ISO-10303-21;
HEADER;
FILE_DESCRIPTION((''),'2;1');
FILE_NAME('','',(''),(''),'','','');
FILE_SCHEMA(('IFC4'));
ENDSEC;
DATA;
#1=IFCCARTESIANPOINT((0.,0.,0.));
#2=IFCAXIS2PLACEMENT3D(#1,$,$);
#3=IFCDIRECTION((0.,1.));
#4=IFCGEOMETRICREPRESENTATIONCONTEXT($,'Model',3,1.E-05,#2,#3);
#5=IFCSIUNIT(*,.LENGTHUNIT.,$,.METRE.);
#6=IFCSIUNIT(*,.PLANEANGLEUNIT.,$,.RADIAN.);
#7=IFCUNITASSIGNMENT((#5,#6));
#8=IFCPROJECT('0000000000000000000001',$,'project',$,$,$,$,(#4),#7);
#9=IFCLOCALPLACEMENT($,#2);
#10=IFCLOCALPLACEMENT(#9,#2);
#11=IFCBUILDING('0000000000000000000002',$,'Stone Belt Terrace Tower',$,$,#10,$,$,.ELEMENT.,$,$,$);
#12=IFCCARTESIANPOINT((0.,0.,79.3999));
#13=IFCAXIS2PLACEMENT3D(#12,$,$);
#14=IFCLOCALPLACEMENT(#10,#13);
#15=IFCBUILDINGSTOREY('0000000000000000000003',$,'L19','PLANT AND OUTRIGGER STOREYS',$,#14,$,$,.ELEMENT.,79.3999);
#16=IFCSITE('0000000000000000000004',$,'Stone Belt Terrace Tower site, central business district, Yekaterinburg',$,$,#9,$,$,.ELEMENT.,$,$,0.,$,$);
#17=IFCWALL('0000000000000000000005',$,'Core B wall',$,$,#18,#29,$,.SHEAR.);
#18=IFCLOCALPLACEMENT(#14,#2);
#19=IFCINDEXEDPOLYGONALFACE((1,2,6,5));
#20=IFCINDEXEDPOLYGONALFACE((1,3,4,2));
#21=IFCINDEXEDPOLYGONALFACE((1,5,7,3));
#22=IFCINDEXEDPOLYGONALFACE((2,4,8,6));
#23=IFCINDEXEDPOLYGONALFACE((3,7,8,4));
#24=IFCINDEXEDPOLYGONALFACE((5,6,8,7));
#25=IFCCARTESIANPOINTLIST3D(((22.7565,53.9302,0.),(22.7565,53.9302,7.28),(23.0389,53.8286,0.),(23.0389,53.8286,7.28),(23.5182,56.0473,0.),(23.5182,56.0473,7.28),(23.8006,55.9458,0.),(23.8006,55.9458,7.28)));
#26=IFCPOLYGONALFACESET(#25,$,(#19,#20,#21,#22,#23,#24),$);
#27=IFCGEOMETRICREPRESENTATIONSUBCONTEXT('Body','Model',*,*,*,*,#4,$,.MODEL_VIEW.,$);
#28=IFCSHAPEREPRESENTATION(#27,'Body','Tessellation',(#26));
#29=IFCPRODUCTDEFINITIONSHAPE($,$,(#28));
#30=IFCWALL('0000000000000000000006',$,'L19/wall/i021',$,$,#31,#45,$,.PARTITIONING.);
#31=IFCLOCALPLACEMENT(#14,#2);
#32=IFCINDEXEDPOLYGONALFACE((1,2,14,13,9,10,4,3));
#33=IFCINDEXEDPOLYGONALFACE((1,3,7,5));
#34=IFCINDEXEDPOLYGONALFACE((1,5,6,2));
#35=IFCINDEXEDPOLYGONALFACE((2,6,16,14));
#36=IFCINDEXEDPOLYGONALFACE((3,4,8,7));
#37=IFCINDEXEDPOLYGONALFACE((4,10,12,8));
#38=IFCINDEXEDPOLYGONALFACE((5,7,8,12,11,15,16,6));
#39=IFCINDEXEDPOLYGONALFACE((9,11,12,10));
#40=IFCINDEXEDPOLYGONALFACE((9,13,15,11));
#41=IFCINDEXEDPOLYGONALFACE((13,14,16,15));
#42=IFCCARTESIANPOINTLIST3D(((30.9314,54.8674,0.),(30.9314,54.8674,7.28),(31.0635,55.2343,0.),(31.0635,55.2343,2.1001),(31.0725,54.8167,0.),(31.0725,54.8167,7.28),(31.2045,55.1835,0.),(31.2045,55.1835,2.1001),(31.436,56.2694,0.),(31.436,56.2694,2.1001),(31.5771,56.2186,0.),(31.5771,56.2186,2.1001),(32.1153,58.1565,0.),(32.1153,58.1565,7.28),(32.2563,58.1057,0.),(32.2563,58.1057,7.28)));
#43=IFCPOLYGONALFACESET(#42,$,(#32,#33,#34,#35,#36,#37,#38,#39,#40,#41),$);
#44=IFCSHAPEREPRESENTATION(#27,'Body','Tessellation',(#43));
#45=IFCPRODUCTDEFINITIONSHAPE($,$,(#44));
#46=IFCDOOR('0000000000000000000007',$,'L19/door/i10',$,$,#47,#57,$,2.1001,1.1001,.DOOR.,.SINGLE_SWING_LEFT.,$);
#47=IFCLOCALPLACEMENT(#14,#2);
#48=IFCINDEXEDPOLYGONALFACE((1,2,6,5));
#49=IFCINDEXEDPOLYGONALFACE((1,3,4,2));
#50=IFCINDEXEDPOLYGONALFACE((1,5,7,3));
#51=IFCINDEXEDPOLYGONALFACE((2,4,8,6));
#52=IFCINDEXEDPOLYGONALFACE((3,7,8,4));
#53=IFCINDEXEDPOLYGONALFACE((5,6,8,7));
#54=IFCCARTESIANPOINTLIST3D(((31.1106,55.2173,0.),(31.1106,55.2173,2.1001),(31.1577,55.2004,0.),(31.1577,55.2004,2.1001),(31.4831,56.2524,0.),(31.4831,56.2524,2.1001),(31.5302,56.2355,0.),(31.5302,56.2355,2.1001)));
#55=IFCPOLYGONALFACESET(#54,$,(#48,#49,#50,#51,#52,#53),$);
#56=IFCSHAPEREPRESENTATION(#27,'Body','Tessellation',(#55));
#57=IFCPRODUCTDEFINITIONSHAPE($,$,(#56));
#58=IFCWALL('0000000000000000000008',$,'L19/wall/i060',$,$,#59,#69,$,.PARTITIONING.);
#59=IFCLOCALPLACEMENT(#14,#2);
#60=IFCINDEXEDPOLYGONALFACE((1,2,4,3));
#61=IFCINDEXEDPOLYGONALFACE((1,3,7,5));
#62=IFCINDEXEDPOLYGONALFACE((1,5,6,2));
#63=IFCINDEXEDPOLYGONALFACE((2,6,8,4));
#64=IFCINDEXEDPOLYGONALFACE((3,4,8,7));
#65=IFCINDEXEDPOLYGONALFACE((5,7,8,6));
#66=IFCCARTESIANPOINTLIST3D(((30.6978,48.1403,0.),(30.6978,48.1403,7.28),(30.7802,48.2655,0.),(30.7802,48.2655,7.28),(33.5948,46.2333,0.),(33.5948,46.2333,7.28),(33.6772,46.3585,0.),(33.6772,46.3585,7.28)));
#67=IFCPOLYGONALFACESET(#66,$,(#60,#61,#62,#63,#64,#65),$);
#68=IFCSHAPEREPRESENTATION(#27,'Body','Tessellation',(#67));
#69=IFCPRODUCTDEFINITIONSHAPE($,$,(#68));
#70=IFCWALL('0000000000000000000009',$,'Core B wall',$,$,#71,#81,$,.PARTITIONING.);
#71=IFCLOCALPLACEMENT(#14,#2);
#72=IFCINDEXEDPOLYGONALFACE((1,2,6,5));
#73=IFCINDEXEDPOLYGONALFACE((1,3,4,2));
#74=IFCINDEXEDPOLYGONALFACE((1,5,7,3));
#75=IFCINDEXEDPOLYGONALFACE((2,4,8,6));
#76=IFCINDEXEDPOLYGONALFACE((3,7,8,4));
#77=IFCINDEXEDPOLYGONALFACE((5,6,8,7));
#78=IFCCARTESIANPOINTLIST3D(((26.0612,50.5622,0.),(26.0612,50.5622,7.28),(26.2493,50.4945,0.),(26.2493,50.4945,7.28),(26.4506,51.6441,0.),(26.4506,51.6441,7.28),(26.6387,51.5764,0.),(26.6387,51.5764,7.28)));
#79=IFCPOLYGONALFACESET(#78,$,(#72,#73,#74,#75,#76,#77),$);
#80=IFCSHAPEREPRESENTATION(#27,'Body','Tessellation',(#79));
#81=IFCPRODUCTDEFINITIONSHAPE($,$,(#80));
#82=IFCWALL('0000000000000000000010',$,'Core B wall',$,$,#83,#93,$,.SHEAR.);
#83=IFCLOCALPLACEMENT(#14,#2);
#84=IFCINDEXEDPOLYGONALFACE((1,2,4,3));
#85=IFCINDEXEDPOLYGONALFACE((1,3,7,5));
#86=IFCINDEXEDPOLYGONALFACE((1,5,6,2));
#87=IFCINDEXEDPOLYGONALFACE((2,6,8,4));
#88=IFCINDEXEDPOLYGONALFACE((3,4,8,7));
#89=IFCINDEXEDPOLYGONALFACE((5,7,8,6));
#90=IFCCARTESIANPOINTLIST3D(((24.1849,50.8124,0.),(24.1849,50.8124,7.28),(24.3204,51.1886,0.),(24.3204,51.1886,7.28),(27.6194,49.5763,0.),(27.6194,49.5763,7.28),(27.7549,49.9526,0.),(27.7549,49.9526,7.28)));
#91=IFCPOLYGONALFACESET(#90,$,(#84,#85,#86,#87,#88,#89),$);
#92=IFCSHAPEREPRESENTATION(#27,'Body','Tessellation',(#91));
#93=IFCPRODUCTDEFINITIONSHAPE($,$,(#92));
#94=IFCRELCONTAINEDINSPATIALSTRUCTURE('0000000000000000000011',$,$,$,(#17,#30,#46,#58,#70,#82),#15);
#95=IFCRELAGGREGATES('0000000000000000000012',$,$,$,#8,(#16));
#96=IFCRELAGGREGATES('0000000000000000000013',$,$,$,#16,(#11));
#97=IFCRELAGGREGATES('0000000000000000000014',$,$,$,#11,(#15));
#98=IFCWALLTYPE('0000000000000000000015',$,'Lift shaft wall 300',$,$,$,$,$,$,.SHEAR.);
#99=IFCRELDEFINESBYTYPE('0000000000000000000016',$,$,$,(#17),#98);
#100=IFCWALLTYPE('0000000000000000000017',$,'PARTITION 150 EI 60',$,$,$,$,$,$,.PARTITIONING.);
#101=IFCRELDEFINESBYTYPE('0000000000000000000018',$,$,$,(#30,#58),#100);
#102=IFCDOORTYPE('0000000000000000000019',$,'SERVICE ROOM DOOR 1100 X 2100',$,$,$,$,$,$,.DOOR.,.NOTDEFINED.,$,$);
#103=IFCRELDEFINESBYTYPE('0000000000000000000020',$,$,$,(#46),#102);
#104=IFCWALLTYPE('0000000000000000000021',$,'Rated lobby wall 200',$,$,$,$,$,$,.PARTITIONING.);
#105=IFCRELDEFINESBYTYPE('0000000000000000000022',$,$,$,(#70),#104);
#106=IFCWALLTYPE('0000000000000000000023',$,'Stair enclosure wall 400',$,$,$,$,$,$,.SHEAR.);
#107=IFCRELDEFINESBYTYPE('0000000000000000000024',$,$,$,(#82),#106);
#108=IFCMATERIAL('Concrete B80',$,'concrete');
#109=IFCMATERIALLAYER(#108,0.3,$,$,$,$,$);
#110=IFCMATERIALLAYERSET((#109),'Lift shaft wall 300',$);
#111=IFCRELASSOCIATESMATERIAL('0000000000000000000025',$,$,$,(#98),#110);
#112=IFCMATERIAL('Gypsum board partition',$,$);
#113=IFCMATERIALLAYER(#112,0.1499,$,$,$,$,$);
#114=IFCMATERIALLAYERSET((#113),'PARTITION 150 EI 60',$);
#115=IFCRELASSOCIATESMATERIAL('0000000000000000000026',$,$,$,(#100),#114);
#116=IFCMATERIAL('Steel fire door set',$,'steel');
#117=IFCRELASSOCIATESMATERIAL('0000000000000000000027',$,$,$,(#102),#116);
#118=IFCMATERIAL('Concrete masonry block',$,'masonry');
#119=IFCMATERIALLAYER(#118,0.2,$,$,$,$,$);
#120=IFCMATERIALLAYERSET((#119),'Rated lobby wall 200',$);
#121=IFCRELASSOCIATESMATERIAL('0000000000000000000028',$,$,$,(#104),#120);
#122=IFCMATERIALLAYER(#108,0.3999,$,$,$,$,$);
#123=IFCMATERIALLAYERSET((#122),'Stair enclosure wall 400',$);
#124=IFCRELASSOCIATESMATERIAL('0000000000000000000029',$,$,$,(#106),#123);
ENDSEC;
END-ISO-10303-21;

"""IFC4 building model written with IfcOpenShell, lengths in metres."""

from ifc_helpers import new_model, si_unit, direction, frame, frame_2d, origin, place, context, subcontext, project, spatial, rectangle, extrude, material, layer, layer_set, type_object, element, fill, save


model = new_model("IFC4")

# Units and contexts
model_context = context("Model", 3, precision=1e-05, world=origin(), true_north=direction((0.0, 1.0)))
body_context = subcontext(model_context, "Body", "Model", "MODEL_VIEW")
ifc_project = project(units=[si_unit("LENGTHUNIT", "METRE"), si_unit("PLANEANGLEUNIT", "RADIAN")], contexts=[model_context])

# Site, building, storey
site_placement = place(None, origin())
site = spatial("IfcSite", under=ifc_project, at=site_placement, Name="Stone Belt Terrace Tower site, central business district, Yekaterinburg", CompositionType="ELEMENT", RefElevation=0.0)
building_placement = place(site_placement, origin())
building = spatial("IfcBuilding", under=site, at=building_placement, Name="Stone Belt Terrace Tower", CompositionType="ELEMENT")
storey_placement = place(building_placement, frame((0.0, 0.0, 79.3999)))
storey = spatial("IfcBuildingStorey", under=building, at=storey_placement, Name="L19", Description="PLANT AND OUTRIGGER STOREYS", CompositionType="ELEMENT", Elevation=79.3999)

# Shared definitions
ifc_material_1 = material(Name="Concrete B80", Category="concrete")

# Shared definitions
ifc_layer_1 = layer(ifc_material_1, 0.3)
ifc_layer_set_1 = layer_set([ifc_layer_1], Name="Lift shaft wall 300")
wall_type_1 = type_object("IfcWallType", Name="Lift shaft wall 300", PredefinedType="SHEAR", material=ifc_layer_set_1)

# Wall
wall_1_placement = place(storey_placement, frame((22.8977, 53.8794, 0.0), z_axis=(0.0, 0.0, 1.0), x_axis=(0.338535, 0.940954, 0.0)))
element("IfcWall", 1, at=wall_1_placement, inside=storey, type_object=wall_type_1, Name="Core B wall", PredefinedType="SHEAR", context=body_context, shape_type="SweptSolid", body=[
    extrude(rectangle(XDim=2.25, YDim=0.3, at=frame_2d((1.125, 0.0))), origin(), (0.0, 0.0, 1.0), 7.28),
])

# Wall, opening, door
ifc_material_2 = material(Name="Gypsum board partition")
ifc_layer_2 = layer(ifc_material_2, 0.1499)
ifc_layer_set_2 = layer_set([ifc_layer_2], Name="PARTITION 150 EI 60")
wall_type_2 = type_object("IfcWallType", Name="PARTITION 150 EI 60", PredefinedType="PARTITIONING", material=ifc_layer_set_2)
wall_2_placement = place(storey_placement, frame((31.002, 54.842, 0.0), z_axis=(0.0, 0.0, 1.0), x_axis=(0.338663, 0.940908, 0.0)))
wall_2 = element("IfcWall", 2, at=wall_2_placement, inside=storey, type_object=wall_type_2, Name="L19/wall/i021", PredefinedType="PARTITIONING", context=body_context, shape_type="SweptSolid", body=[
    extrude(rectangle(XDim=3.4956, YDim=0.1499, at=frame_2d((1.7478, 0.0))), origin(), (0.0, 0.0, 1.0), 7.28),
])
opening_1_placement = place(wall_2_placement, frame((0.3899, 0.0, 0.0)))
opening_1 = element("IfcOpeningElement", 3, at=opening_1_placement, cuts=wall_2, PredefinedType="OPENING", context=body_context, shape_type="SweptSolid", body=[
    extrude(rectangle(XDim=1.1001, YDim=2.1001, at=frame_2d((0.55, 1.05))), frame((0.0, 0.085, 0.0), z_axis=(0.0, -1.0, 0.0), x_axis=(1.0, 0.0, 0.0)), (0.0, 0.0, 1.0), 0.1699),
])
ifc_material_3 = material(Name="Steel fire door set", Category="steel")
door_type_1 = type_object("IfcDoorType", Name="SERVICE ROOM DOOR 1100 X 2100", OperationType="NOTDEFINED", PredefinedType="DOOR", material=ifc_material_3)
door_1_placement = place(opening_1_placement, origin())
door_1 = element("IfcDoor", 4, at=door_1_placement, inside=storey, type_object=door_type_1, Name="L19/door/i10", OperationType="SINGLE_SWING_LEFT", OverallHeight=2.1001, OverallWidth=1.1001, PredefinedType="DOOR", context=body_context, shape_type="SweptSolid", body=[
    extrude(rectangle(XDim=1.1001, YDim=2.1001, at=frame_2d((0.55, 1.05))), frame((0.0, 0.0249, 0.0), z_axis=(0.0, -1.0, 0.0), x_axis=(1.0, 0.0, 0.0)), (0.0, 0.0, 1.0), 0.05),
])
fill(opening_1, door_1)

# Walls
wall_3_placement = place(storey_placement, frame((30.739, 48.2029, 0.0), z_axis=(0.0, 0.0, 1.0), x_axis=(0.835274, -0.549834, 0.0)))
element("IfcWall", 5, at=wall_3_placement, inside=storey, type_object=wall_type_2, Name="L19/wall/i060", PredefinedType="PARTITIONING", context=body_context, shape_type="SweptSolid", body=[
    extrude(rectangle(XDim=3.4683, YDim=0.1499, at=frame_2d((1.7341, 0.0))), origin(), (0.0, 0.0, 1.0), 7.28),
])
ifc_material_4 = material(Name="Concrete masonry block", Category="masonry")
ifc_layer_3 = layer(ifc_material_4, 0.2)
ifc_layer_set_3 = layer_set([ifc_layer_3], Name="Rated lobby wall 200")
wall_type_3 = type_object("IfcWallType", Name="Rated lobby wall 200", PredefinedType="PARTITIONING", material=ifc_layer_set_3)
wall_4_placement = place(storey_placement, frame((26.1553, 50.5283, 0.0), z_axis=(0.0, 0.0, 1.0), x_axis=(0.338622, 0.940923, 0.0)))
element("IfcWall", 6, at=wall_4_placement, inside=storey, type_object=wall_type_3, Name="Core B wall", PredefinedType="PARTITIONING", context=body_context, shape_type="SweptSolid", body=[
    extrude(rectangle(XDim=1.1499, YDim=0.2, at=frame_2d((0.575, 0.0))), origin(), (0.0, 0.0, 1.0), 7.28),
])
ifc_layer_4 = layer(ifc_material_1, 0.3999)
ifc_layer_set_4 = layer_set([ifc_layer_4], Name="Stair enclosure wall 400")
wall_type_4 = type_object("IfcWallType", Name="Stair enclosure wall 400", PredefinedType="SHEAR", material=ifc_layer_set_4)
wall_5_placement = place(storey_placement, frame((27.6873, 49.7644, 0.0), z_axis=(0.0, 0.0, 1.0), x_axis=(-0.940919, 0.338632, 0.0)))
element("IfcWall", 7, at=wall_5_placement, inside=storey, type_object=wall_type_4, Name="Core B wall", PredefinedType="SHEAR", context=body_context, shape_type="SweptSolid", body=[
    extrude(rectangle(XDim=3.6501, YDim=0.3999, at=frame_2d((1.8252, 0.0))), origin(), (0.0, 0.0, 1.0), 7.28),
])

save(model, "model.ifc")
